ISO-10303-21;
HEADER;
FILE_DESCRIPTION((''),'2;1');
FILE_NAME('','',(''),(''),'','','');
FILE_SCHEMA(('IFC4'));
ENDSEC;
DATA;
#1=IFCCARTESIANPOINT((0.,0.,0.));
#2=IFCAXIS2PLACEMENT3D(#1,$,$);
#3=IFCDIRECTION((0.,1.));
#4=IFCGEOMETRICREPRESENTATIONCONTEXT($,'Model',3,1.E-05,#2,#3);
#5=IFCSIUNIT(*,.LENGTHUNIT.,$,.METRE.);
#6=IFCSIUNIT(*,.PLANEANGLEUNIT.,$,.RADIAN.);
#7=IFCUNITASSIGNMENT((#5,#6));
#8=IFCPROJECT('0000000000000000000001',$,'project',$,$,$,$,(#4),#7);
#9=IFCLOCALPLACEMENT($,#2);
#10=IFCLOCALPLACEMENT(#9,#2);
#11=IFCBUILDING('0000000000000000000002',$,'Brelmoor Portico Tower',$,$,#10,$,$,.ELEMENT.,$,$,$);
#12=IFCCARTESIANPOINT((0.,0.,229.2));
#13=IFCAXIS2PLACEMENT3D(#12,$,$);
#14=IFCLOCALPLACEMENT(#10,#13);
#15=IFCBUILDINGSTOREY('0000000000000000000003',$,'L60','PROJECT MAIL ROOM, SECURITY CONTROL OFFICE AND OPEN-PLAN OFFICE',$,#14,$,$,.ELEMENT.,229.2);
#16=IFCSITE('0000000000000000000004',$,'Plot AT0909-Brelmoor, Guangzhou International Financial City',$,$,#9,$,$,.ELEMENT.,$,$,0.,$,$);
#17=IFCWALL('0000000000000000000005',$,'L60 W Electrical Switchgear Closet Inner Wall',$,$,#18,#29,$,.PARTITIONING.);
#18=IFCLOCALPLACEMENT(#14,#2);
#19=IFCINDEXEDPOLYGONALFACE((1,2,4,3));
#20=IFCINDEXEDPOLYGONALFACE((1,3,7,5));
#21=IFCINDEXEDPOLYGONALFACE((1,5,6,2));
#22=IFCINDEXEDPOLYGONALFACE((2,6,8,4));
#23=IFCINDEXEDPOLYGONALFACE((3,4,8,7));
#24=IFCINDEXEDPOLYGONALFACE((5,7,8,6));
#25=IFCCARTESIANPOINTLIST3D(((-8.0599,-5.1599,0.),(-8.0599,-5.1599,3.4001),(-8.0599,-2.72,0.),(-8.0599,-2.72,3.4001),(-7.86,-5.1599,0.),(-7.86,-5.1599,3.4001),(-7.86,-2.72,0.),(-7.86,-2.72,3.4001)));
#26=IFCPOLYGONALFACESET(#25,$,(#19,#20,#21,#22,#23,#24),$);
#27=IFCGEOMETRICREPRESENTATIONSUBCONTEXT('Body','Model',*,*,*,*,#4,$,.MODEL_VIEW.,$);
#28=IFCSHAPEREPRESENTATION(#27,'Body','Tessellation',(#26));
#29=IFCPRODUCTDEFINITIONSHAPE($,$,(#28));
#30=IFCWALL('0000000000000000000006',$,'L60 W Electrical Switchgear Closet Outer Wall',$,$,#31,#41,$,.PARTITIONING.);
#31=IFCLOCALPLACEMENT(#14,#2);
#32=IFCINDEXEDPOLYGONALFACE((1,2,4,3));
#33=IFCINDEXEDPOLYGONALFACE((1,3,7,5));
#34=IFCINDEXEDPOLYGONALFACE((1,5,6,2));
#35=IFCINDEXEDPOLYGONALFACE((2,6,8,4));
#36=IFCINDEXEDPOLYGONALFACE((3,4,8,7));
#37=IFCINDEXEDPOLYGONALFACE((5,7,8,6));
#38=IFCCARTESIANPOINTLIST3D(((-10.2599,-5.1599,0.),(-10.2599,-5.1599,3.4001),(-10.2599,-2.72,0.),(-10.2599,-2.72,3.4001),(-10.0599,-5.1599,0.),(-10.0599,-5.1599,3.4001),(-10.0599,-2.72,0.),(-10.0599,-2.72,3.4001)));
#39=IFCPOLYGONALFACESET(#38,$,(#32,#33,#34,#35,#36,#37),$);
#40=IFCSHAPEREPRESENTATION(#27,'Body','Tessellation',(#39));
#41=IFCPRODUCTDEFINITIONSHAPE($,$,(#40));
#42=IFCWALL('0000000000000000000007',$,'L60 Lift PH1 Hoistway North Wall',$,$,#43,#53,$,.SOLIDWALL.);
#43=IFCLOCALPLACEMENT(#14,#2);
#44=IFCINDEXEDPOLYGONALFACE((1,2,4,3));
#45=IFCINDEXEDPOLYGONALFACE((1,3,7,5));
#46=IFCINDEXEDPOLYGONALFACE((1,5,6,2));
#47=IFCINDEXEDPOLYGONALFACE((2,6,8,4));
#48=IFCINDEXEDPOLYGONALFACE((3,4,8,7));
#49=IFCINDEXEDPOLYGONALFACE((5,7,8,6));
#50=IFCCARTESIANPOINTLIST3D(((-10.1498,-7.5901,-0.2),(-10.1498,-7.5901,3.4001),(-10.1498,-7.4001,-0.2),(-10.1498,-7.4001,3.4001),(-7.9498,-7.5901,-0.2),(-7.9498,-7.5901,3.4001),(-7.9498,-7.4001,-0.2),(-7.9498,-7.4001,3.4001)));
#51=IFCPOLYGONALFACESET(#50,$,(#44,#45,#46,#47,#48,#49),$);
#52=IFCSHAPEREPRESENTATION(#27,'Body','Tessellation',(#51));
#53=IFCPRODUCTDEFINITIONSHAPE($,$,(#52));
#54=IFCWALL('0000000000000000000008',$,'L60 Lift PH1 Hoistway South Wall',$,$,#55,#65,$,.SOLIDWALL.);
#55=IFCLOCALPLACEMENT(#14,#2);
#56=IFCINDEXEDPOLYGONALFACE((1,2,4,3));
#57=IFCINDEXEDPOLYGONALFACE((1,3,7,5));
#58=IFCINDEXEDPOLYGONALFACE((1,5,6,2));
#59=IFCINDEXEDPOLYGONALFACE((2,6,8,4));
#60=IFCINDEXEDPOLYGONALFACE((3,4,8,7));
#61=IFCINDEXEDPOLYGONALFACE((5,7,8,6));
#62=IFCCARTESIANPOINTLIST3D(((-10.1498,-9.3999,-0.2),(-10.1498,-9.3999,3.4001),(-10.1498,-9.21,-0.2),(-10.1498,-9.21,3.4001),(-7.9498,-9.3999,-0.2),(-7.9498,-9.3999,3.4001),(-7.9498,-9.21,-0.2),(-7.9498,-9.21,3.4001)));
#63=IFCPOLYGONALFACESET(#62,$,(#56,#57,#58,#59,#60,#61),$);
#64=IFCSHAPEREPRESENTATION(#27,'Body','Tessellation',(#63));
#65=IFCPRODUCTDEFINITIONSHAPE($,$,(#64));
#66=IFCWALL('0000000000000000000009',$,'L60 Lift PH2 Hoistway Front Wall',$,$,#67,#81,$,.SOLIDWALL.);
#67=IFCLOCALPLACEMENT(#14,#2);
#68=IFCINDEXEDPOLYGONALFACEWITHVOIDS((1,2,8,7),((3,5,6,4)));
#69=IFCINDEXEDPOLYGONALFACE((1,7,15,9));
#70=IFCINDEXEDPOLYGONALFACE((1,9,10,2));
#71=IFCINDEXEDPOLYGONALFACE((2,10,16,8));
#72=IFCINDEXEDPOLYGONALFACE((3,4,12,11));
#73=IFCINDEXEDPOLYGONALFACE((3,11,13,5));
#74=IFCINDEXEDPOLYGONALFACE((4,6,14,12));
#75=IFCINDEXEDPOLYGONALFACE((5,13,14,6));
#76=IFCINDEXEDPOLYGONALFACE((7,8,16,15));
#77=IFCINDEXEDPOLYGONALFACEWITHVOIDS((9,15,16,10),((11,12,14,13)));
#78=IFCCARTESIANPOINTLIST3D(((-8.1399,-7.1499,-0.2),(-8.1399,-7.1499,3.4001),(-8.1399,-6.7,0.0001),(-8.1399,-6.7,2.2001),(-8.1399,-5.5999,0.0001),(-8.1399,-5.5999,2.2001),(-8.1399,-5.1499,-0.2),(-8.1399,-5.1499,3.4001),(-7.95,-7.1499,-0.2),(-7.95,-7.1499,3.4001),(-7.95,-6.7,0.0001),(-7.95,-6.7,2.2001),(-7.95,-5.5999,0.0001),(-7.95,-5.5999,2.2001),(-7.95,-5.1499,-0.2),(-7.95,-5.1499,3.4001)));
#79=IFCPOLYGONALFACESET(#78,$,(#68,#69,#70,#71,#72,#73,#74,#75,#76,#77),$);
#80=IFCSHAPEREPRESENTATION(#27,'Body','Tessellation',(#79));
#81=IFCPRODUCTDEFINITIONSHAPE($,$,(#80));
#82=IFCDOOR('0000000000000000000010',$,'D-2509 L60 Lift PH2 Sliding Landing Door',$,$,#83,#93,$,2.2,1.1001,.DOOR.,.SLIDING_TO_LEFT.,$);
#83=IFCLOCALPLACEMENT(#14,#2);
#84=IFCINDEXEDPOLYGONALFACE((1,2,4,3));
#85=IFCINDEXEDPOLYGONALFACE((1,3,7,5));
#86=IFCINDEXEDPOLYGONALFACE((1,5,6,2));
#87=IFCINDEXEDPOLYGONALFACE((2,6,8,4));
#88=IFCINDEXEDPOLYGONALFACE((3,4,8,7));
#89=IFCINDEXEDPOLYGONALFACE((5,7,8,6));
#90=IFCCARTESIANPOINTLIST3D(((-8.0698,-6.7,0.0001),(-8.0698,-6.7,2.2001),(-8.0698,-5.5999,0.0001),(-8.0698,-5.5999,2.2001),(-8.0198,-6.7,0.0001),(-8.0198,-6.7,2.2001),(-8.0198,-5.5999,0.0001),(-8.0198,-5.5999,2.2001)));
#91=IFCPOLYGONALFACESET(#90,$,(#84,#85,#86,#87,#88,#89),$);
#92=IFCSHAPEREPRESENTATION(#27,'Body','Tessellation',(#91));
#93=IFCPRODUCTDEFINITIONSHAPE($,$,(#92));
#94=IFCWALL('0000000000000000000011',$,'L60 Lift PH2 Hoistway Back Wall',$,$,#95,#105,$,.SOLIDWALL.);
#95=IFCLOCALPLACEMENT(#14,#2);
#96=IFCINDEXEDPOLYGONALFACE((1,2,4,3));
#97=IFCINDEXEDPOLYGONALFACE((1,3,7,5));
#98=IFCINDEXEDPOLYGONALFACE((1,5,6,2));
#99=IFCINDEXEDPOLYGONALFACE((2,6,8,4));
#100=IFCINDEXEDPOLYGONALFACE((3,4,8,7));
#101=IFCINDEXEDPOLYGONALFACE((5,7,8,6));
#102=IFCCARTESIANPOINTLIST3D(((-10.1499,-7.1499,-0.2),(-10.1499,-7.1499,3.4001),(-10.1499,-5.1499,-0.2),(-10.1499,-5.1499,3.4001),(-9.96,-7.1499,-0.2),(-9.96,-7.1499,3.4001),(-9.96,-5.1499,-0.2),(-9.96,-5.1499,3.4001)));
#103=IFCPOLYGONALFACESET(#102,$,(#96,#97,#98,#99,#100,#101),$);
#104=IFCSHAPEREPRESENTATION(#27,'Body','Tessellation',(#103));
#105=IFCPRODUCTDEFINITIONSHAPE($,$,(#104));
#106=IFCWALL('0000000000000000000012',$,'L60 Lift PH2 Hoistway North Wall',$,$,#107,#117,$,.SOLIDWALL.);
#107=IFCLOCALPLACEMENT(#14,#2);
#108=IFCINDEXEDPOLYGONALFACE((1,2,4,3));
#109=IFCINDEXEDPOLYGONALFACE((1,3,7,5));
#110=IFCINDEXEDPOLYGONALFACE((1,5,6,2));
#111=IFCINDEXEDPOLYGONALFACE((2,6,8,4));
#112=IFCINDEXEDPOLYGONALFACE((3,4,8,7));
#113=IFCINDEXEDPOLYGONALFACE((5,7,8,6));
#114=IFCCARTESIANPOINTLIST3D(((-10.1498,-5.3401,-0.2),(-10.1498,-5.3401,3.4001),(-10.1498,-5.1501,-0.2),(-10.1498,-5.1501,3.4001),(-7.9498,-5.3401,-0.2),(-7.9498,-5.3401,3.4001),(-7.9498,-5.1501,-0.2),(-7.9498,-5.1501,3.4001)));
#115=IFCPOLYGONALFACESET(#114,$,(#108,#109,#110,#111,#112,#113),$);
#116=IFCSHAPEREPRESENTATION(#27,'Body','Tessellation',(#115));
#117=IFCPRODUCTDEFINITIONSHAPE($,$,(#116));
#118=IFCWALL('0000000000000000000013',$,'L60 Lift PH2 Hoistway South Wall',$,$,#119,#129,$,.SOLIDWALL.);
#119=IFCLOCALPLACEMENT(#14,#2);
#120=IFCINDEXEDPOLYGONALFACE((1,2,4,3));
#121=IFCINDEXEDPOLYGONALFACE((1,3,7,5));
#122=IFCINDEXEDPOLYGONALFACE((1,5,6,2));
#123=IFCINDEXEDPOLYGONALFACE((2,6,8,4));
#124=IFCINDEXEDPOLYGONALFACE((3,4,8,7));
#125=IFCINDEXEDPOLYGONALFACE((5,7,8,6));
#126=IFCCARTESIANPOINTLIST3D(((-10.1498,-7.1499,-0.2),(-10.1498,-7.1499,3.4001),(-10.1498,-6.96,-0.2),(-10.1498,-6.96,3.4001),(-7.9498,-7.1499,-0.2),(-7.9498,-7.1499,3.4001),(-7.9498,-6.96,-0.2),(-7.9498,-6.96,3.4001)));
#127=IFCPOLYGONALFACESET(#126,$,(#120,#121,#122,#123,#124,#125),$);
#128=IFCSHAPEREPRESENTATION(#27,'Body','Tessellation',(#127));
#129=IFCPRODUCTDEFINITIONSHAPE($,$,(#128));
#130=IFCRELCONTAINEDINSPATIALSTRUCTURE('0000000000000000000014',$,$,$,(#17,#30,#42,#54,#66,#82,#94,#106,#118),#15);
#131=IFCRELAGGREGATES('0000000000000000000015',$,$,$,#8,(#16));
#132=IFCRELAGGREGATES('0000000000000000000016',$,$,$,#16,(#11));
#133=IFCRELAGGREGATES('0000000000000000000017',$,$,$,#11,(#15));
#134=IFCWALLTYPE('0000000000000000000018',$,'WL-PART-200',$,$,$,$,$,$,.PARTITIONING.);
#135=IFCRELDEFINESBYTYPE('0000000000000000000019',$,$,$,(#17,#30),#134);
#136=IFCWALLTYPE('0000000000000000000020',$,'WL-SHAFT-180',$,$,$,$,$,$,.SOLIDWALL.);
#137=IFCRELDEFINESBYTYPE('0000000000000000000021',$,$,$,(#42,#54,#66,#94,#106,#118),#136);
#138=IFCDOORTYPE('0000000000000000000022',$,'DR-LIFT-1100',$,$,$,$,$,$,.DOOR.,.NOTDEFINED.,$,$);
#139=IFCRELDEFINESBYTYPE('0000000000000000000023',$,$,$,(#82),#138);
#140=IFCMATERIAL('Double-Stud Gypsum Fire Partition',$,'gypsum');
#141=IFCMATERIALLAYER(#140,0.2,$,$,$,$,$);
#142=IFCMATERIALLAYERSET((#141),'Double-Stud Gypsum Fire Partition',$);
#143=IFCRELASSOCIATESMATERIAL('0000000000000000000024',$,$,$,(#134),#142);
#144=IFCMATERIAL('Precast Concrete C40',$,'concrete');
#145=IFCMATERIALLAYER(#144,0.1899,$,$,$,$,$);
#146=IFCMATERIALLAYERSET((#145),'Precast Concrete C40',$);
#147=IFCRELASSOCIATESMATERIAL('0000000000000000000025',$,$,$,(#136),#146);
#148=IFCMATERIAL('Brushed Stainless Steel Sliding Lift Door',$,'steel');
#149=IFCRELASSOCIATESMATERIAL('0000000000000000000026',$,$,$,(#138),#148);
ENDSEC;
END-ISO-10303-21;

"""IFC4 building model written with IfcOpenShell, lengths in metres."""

from ifc_helpers import new_model, si_unit, direction, frame, frame_2d, origin, place, context, subcontext, project, spatial, rectangle, extrude, material, layer, layer_set, type_object, element, fill, save


model = new_model("IFC4")

# Units and contexts
model_context = context("Model", 3, precision=1e-05, world=origin(), true_north=direction((0.0, 1.0)))
body_context = subcontext(model_context, "Body", "Model", "MODEL_VIEW")
ifc_project = project(units=[si_unit("LENGTHUNIT", "METRE"), si_unit("PLANEANGLEUNIT", "RADIAN")], contexts=[model_context])

# Site, building, storey
site_placement = place(None, origin())
site = spatial("IfcSite", under=ifc_project, at=site_placement, Name="Plot AT0909-Brelmoor, Guangzhou International Financial City", CompositionType="ELEMENT", RefElevation=0.0)
building_placement = place(site_placement, origin())
building = spatial("IfcBuilding", under=site, at=building_placement, Name="Brelmoor Portico Tower", CompositionType="ELEMENT")
storey_placement = place(building_placement, frame((0.0, 0.0, 229.2)))
storey = spatial("IfcBuildingStorey", under=building, at=storey_placement, Name="L60", Description="PROJECT MAIL ROOM, SECURITY CONTROL OFFICE AND OPEN-PLAN OFFICE", CompositionType="ELEMENT", Elevation=229.2)

# Shared definitions
ifc_material_1 = material(Name="Double-Stud Gypsum Fire Partition", Category="gypsum")
ifc_layer_1 = layer(ifc_material_1, 0.2)
ifc_layer_set_1 = layer_set([ifc_layer_1], Name="Double-Stud Gypsum Fire Partition")
wall_type_1 = type_object("IfcWallType", Name="WL-PART-200", PredefinedType="PARTITIONING", material=ifc_layer_set_1)

# Walls
for number, where, z_axis, x_axis, name in (
    (1, (-7.96, -5.1599, 0.0), (0.0, 0.0, 1.0), (0.0, 1.0, 0.0), "L60 W Electrical Switchgear Closet Inner Wall"),
    (2, (-10.1599, -5.1599, 0.0), (0.0, 0.0, 1.0), (0.0, 1.0, 0.0), "L60 W Electrical Switchgear Closet Outer Wall"),
):
    element("IfcWall", number, at=place(storey_placement, frame(where, z_axis=z_axis, x_axis=x_axis)), inside=storey, type_object=wall_type_1, Name=name, PredefinedType="PARTITIONING", context=body_context, shape_type="SweptSolid", body=[
        extrude(rectangle(XDim=2.4399, YDim=0.2, at=frame_2d((1.22, 0.0))), origin(), (0.0, 0.0, 1.0), 3.4001),
    ])
ifc_material_2 = material(Name="Precast Concrete C40", Category="concrete")
ifc_layer_2 = layer(ifc_material_2, 0.1899)
ifc_layer_set_2 = layer_set([ifc_layer_2], Name="Precast Concrete C40")
wall_type_2 = type_object("IfcWallType", Name="WL-SHAFT-180", PredefinedType="SOLIDWALL", material=ifc_layer_set_2)
for number, where, z_axis, x_axis, name in (
    (3, (-10.1499, -7.4951, -0.2), (0.0, 0.0, 1.0), (1.0, 0.0, 0.0), "L60 Lift PH1 Hoistway North Wall"),
    (4, (-10.1499, -9.3049, -0.2), (0.0, 0.0, 1.0), (1.0, 0.0, 0.0), "L60 Lift PH1 Hoistway South Wall"),
):
    element("IfcWall", number, at=place(storey_placement, frame(where, z_axis=z_axis, x_axis=x_axis)), inside=storey, type_object=wall_type_2, Name=name, PredefinedType="SOLIDWALL", context=body_context, shape_type="SweptSolid", body=[
        extrude(rectangle(XDim=2.2, YDim=0.1899, at=frame_2d((1.1001, 0.0))), origin(), (0.0, 0.0, 1.0), 3.6001),
    ])

# Wall, opening, door
wall_1_placement = place(storey_placement, frame((-8.0449, -7.1499, -0.2), z_axis=(0.0, 0.0, 1.0), x_axis=(0.0, 1.0, 0.0)))
wall_1 = element("IfcWall", 5, at=wall_1_placement, inside=storey, type_object=wall_type_2, Name="L60 Lift PH2 Hoistway Front Wall", PredefinedType="SOLIDWALL", context=body_context, shape_type="SweptSolid", body=[
    extrude(rectangle(XDim=2.0, YDim=0.1899, at=frame_2d((1.0, 0.0))), origin(), (0.0, 0.0, 1.0), 3.6001),
])
opening_1_placement = place(wall_1_placement, frame((0.45, 0.0, 0.2)))
opening_1 = element("IfcOpeningElement", 6, at=opening_1_placement, cuts=wall_1, PredefinedType="OPENING", context=body_context, shape_type="SweptSolid", body=[
    extrude(rectangle(XDim=1.1001, YDim=2.2, at=frame_2d((0.55, 1.1001))), frame((0.0, 0.105, 0.0), z_axis=(0.0, -1.0, 0.0), x_axis=(1.0, 0.0, 0.0)), (0.0, 0.0, 1.0), 0.21),
])
ifc_material_3 = material(Name="Brushed Stainless Steel Sliding Lift Door", Category="steel")
door_type_1 = type_object("IfcDoorType", Name="DR-LIFT-1100", OperationType="NOTDEFINED", PredefinedType="DOOR", material=ifc_material_3)
door_1_placement = place(opening_1_placement, origin())
door_1 = element("IfcDoor", 7, at=door_1_placement, inside=storey, type_object=door_type_1, Name="D-2509 L60 Lift PH2 Sliding Landing Door", OperationType="SLIDING_TO_LEFT", OverallHeight=2.2, OverallWidth=1.1001, PredefinedType="DOOR", context=body_context, shape_type="SweptSolid", body=[
    extrude(rectangle(XDim=1.1001, YDim=2.2, at=frame_2d((0.55, 1.1001))), frame((0.0, 0.0249, 0.0), z_axis=(0.0, -1.0, 0.0), x_axis=(1.0, 0.0, 0.0)), (0.0, 0.0, 1.0), 0.05),
])
fill(opening_1, door_1)

# Walls
wall_2_placement = place(storey_placement, frame((-10.0549, -7.1499, -0.2), z_axis=(0.0, 0.0, 1.0), x_axis=(0.0, 1.0, 0.0)))
element("IfcWall", 8, at=wall_2_placement, inside=storey, type_object=wall_type_2, Name="L60 Lift PH2 Hoistway Back Wall", PredefinedType="SOLIDWALL", context=body_context, shape_type="SweptSolid", body=[
    extrude(rectangle(XDim=2.0, YDim=0.1899, at=frame_2d((1.0, 0.0))), origin(), (0.0, 0.0, 1.0), 3.6001),
])
for number, where, z_axis, x_axis, name in (
    (9, (-10.1499, -5.2451, -0.2), (0.0, 0.0, 1.0), (1.0, 0.0, 0.0), "L60 Lift PH2 Hoistway North Wall"),
    (10, (-10.1499, -7.0549, -0.2), (0.0, 0.0, 1.0), (1.0, 0.0, 0.0), "L60 Lift PH2 Hoistway South Wall"),
):
    element("IfcWall", number, at=place(storey_placement, frame(where, z_axis=z_axis, x_axis=x_axis)), inside=storey, type_object=wall_type_2, Name=name, PredefinedType="SOLIDWALL", context=body_context, shape_type="SweptSolid", body=[
        extrude(rectangle(XDim=2.2, YDim=0.1899, at=frame_2d((1.1001, 0.0))), origin(), (0.0, 0.0, 1.0), 3.6001),
    ])

save(model, "model.ifc")
